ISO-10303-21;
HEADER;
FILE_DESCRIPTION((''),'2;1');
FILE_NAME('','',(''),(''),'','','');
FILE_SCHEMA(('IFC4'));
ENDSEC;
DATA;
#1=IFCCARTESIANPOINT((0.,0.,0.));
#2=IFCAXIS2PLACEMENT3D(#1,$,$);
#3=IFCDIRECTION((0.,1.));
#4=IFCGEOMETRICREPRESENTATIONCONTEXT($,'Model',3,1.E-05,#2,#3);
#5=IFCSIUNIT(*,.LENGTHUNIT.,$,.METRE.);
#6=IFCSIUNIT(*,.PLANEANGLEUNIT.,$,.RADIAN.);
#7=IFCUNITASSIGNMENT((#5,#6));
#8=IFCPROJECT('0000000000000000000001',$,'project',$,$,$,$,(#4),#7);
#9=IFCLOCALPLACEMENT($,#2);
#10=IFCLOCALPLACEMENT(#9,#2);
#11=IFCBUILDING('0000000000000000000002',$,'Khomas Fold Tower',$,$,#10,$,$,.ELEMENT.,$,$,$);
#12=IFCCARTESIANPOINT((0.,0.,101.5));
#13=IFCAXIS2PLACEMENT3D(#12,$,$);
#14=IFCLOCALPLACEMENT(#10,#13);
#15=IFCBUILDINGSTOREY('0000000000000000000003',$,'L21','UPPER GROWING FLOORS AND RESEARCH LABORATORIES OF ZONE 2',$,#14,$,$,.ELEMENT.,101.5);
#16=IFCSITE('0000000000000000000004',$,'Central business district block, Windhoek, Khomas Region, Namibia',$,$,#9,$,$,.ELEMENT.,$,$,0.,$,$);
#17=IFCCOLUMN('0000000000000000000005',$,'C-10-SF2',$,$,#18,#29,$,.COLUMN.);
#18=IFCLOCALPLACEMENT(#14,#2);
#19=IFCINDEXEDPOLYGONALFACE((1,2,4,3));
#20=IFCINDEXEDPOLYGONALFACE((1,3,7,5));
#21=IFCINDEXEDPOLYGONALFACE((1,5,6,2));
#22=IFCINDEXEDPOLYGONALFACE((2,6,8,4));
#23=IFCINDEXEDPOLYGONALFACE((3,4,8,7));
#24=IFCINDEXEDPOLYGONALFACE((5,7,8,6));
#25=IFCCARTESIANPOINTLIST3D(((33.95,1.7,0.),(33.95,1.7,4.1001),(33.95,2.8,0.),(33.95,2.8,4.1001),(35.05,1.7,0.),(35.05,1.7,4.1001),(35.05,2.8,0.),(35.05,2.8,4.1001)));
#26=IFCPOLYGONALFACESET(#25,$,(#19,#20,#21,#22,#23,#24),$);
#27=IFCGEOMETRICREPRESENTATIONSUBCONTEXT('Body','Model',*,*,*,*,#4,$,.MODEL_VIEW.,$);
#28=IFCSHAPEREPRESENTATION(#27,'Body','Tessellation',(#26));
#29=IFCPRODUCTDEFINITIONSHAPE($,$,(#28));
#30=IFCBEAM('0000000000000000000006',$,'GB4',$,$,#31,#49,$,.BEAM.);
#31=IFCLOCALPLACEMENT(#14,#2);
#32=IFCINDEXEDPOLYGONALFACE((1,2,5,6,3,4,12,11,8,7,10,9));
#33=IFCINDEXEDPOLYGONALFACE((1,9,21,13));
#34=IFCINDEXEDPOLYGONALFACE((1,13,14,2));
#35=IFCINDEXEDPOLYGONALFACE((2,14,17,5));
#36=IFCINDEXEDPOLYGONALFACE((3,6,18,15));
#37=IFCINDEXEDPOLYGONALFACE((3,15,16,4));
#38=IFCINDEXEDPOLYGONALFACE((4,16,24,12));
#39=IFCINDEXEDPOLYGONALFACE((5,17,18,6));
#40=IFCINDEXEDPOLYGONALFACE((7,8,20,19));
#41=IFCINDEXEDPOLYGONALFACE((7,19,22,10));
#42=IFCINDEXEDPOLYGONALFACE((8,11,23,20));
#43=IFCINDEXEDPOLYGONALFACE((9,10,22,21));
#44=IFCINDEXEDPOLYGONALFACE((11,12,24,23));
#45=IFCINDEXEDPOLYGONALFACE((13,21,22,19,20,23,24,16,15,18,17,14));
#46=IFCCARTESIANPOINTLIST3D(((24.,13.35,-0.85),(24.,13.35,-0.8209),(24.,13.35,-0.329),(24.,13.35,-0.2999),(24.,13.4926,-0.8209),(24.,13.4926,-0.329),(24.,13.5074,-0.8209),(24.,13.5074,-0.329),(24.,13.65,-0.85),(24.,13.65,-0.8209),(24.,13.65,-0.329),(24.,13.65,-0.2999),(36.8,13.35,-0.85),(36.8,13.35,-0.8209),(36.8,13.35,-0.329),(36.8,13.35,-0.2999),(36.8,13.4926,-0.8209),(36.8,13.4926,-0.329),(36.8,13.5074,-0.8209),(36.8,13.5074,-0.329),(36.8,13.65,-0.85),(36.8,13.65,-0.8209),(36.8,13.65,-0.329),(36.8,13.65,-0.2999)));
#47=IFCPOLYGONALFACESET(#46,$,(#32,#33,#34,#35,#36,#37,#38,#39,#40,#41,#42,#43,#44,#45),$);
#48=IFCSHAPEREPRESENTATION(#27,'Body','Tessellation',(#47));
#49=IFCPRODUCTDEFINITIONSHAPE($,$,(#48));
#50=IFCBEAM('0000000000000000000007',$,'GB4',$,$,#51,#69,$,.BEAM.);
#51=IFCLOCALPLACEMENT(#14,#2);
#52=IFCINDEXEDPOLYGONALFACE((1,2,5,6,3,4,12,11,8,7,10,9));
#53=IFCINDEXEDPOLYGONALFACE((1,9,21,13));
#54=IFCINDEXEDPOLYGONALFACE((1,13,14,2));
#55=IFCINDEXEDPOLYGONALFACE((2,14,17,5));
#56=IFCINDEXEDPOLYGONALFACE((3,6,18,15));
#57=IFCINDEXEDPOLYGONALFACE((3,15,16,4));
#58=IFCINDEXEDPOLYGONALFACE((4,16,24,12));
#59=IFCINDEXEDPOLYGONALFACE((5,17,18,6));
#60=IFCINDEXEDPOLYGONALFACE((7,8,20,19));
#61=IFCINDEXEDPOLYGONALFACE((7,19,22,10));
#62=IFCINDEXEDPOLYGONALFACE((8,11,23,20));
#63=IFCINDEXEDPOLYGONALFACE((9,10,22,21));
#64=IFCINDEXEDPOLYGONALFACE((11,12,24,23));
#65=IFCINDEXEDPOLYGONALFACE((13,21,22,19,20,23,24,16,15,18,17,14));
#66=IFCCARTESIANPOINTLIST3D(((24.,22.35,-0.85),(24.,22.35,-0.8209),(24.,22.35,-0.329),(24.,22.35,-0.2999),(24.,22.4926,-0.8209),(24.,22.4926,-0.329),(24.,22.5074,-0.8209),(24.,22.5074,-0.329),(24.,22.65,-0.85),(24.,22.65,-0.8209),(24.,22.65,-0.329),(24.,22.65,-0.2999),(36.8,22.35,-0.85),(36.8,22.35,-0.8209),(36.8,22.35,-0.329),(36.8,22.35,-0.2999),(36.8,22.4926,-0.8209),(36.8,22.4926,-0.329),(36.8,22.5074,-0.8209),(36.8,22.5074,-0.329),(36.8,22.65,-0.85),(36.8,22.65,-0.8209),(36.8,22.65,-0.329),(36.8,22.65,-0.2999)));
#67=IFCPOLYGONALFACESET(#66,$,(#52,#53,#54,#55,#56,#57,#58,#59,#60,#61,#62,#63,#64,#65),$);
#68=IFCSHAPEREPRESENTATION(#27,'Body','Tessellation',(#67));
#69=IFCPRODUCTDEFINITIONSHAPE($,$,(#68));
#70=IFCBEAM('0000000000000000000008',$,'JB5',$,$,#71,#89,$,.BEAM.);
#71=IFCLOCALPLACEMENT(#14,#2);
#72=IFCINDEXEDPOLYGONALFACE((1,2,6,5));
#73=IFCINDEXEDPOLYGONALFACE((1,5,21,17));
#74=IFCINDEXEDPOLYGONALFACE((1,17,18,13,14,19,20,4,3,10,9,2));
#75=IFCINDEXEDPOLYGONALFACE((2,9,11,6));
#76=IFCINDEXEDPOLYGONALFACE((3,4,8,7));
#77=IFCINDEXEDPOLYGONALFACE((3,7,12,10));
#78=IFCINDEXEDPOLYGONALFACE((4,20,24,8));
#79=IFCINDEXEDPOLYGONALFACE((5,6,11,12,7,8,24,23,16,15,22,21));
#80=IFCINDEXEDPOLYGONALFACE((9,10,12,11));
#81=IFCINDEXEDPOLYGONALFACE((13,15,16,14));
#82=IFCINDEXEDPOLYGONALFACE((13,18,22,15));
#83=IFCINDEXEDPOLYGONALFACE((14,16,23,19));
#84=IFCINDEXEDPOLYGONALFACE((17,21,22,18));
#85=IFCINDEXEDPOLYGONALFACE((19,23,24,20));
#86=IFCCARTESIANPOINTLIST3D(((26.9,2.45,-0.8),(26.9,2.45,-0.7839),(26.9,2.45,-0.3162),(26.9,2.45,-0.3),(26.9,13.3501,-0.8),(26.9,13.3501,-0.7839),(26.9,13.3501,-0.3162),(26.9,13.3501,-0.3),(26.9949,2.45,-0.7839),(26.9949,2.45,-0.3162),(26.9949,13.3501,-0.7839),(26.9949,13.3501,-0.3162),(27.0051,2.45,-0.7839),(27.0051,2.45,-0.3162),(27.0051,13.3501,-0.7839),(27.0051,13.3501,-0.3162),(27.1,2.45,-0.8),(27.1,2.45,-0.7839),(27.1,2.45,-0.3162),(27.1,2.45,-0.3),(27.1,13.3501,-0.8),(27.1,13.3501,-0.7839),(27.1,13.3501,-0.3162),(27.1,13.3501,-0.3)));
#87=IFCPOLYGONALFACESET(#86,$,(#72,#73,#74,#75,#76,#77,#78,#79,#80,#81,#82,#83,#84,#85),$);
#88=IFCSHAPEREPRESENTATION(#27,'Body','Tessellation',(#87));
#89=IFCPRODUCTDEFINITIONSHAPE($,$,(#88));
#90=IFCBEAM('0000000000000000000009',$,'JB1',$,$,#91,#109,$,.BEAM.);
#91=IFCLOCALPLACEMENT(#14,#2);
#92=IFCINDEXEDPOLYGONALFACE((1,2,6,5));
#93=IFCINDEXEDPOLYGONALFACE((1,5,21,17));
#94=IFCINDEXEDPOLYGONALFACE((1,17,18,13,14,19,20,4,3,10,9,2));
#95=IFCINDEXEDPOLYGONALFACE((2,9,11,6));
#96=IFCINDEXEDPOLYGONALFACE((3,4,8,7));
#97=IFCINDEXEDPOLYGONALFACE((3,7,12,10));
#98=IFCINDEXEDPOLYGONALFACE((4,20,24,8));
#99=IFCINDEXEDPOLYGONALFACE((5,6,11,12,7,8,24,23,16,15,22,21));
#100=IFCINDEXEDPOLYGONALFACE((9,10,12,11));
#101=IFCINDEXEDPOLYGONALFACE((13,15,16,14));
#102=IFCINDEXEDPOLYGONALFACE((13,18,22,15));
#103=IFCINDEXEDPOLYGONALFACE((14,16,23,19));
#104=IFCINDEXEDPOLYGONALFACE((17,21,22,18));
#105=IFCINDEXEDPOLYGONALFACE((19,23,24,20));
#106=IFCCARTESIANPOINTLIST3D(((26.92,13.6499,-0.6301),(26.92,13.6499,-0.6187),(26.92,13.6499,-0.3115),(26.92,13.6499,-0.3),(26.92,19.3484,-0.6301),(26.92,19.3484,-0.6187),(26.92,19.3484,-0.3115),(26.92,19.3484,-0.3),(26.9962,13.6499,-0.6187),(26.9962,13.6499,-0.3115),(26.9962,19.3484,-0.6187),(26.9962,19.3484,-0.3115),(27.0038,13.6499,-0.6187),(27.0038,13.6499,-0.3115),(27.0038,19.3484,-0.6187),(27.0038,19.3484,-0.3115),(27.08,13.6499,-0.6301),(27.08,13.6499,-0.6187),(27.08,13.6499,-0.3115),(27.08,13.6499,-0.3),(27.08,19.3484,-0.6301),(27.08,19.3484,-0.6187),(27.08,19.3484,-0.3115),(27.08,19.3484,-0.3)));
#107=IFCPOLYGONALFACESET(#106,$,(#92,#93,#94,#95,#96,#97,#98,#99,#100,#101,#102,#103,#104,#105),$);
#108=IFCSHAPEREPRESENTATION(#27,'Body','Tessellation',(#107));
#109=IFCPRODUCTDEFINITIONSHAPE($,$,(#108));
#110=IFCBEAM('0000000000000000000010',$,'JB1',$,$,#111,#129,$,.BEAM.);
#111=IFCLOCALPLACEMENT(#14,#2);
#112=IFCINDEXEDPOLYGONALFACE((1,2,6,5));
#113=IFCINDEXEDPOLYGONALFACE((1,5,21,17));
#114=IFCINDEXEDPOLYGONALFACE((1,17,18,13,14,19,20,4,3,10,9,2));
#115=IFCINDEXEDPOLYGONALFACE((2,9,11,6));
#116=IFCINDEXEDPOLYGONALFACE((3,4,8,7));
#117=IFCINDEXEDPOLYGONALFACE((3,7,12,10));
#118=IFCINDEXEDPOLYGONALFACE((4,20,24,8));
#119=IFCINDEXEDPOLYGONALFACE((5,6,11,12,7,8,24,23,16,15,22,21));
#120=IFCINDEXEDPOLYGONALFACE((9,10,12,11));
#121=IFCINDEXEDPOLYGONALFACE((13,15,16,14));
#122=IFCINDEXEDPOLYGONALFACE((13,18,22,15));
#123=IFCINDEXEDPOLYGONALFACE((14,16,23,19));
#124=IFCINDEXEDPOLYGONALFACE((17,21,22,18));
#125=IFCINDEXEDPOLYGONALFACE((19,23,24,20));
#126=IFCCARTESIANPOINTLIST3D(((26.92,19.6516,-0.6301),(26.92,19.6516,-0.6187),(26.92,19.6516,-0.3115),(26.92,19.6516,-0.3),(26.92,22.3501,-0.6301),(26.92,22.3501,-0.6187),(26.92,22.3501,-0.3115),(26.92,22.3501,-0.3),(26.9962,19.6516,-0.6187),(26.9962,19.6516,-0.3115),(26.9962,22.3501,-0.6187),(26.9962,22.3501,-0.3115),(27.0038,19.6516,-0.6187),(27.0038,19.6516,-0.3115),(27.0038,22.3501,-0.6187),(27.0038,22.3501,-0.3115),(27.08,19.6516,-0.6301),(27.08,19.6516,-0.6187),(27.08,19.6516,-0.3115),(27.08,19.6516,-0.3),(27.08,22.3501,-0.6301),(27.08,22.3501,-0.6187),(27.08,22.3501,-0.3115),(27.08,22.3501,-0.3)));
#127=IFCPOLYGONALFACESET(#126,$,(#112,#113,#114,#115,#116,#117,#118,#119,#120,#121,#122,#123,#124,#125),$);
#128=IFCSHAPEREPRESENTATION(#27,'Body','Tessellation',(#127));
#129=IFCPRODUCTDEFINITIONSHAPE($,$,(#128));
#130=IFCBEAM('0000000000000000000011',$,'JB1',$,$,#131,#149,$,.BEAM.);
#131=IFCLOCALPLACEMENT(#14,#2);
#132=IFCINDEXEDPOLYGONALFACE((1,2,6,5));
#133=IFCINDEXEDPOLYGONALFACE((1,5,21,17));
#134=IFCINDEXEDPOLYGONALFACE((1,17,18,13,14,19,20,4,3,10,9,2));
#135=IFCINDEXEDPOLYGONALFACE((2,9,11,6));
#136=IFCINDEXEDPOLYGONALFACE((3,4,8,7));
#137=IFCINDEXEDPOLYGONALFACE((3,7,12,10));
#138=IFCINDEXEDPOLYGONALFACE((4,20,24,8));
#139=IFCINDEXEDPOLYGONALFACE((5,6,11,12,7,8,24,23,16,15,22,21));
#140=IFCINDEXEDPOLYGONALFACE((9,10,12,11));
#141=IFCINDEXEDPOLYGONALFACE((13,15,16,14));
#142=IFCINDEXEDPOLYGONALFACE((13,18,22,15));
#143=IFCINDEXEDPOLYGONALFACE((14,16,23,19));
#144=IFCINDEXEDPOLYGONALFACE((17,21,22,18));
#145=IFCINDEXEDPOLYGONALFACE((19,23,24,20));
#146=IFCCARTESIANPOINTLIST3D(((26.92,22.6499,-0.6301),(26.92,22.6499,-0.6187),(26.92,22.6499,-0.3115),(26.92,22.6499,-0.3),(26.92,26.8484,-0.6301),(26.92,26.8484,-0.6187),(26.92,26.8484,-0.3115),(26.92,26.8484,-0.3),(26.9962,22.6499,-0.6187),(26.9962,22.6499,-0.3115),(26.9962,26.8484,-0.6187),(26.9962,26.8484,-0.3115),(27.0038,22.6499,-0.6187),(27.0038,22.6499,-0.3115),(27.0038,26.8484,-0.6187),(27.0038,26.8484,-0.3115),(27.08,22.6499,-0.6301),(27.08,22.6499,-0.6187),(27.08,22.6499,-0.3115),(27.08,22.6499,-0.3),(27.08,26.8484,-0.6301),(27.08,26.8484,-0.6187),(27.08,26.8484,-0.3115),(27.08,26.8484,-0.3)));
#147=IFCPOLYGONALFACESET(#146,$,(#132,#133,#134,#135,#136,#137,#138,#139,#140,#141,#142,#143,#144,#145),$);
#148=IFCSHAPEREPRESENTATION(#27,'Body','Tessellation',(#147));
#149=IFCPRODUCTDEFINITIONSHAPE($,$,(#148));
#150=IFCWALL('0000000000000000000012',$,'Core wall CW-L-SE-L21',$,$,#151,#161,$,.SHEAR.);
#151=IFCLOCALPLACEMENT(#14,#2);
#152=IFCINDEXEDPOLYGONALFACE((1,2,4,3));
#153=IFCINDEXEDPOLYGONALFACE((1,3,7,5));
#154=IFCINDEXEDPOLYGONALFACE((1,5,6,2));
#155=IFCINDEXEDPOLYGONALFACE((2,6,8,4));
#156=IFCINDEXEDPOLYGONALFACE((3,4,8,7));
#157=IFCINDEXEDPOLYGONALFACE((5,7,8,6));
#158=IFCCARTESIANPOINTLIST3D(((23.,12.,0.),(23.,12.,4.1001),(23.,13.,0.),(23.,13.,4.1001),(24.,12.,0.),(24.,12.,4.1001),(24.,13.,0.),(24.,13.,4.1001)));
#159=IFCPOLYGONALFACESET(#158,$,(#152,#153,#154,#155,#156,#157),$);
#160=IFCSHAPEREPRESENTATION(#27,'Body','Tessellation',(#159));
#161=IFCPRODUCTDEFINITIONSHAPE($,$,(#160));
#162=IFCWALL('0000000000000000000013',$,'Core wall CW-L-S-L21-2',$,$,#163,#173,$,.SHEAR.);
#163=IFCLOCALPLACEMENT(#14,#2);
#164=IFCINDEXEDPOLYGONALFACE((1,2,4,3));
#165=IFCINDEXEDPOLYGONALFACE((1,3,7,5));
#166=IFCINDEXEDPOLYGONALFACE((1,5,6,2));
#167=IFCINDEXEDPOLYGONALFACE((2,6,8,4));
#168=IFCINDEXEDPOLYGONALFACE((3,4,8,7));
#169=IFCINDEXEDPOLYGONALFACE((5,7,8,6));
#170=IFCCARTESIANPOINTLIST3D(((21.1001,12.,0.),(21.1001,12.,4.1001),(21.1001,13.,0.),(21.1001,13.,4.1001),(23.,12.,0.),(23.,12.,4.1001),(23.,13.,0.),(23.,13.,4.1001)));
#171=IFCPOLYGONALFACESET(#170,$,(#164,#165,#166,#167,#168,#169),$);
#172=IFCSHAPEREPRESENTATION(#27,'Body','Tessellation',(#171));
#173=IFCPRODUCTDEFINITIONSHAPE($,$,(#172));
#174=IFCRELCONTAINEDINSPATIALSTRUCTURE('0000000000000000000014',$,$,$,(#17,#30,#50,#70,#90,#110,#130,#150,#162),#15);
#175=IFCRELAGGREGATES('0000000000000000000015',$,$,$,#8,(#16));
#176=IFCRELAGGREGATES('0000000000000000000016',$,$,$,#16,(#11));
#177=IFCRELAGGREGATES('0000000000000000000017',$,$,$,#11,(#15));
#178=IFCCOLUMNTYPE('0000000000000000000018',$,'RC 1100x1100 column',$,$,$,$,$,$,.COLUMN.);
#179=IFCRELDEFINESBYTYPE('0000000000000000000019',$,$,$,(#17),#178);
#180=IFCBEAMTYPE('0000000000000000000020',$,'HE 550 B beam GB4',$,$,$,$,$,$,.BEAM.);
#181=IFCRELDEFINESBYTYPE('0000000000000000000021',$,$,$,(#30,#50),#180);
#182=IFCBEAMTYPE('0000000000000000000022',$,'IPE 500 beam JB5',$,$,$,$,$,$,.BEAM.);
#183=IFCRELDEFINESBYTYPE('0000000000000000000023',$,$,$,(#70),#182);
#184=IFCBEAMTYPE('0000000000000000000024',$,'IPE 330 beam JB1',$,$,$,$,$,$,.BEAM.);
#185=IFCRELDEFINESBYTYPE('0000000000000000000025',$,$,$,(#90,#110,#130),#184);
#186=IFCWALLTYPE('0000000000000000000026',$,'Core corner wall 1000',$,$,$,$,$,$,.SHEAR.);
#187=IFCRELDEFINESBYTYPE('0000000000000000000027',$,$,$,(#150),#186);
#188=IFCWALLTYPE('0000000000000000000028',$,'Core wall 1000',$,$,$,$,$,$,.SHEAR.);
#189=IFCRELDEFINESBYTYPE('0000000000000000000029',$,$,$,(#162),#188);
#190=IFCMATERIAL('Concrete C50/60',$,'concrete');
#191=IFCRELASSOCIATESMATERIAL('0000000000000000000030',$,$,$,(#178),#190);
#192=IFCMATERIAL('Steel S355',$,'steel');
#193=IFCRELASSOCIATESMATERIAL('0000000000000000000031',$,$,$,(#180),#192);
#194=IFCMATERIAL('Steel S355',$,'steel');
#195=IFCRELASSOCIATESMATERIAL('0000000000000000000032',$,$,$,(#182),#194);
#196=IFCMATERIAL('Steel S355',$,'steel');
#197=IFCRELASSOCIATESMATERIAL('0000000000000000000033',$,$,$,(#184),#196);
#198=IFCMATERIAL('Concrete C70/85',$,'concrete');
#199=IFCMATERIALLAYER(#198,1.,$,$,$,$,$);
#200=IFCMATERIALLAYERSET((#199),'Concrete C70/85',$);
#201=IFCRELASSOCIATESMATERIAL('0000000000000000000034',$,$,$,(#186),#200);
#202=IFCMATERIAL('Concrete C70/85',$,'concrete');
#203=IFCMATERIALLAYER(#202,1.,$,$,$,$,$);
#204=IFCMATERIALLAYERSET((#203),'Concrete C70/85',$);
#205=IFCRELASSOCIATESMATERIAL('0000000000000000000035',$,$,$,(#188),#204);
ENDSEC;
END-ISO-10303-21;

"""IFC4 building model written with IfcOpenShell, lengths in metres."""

from ifc_helpers import new_model, si_unit, direction, frame, frame_2d, origin, origin_2d, place, context, subcontext, project, spatial, rectangle, i_section, extrude, source, transform, mapped, material, layer, layer_set, material_profile, profile_set, type_object, element, save


model = new_model("IFC4")

# Units and contexts
model_context = context("Model", 3, precision=1e-05, world=origin(), true_north=direction((0.0, 1.0)))
body_context = subcontext(model_context, "Body", "Model", "MODEL_VIEW")
ifc_project = project(units=[si_unit("LENGTHUNIT", "METRE"), si_unit("PLANEANGLEUNIT", "RADIAN")], contexts=[model_context])

# Site, building, storey
site_placement = place(None, origin())
site = spatial("IfcSite", under=ifc_project, at=site_placement, Name="Central business district block, Windhoek, Khomas Region, Namibia", CompositionType="ELEMENT", RefElevation=0.0)
building_placement = place(site_placement, origin())
building = spatial("IfcBuilding", under=site, at=building_placement, Name="Khomas Fold Tower", CompositionType="ELEMENT")
storey_placement = place(building_placement, frame((0.0, 0.0, 101.5)))
storey = spatial("IfcBuildingStorey", under=building, at=storey_placement, Name="L21", Description="UPPER GROWING FLOORS AND RESEARCH LABORATORIES OF ZONE 2", CompositionType="ELEMENT", Elevation=101.5)

# Column
ifc_material_1 = material(Name="Concrete C50/60", Category="concrete")
ifc_material_profile_1 = material_profile(ifc_material_1, rectangle(XDim=1.1001, YDim=1.1001, at=origin_2d()), Name="RC 1100x1100")
ifc_profile_set_1 = profile_set([ifc_material_profile_1], Name="Concrete C50/60")
column_type = type_object("IfcColumnType", Name="RC 1100x1100 column", PredefinedType="COLUMN", material=ifc_profile_set_1)
shared_shape_1 = source(origin(), body_context, "Body", "SweptSolid", [
    extrude(rectangle(XDim=1.1001, YDim=1.1001, at=origin_2d()), origin(), (0.0, 0.0, 1.0), 4.1001),
])
column_placement = place(storey_placement, frame((34.5, 2.25, 0.0), z_axis=(0.0, 0.0, 1.0), x_axis=(1.0, 0.0, 0.0)))
element("IfcColumn", 1, at=column_placement, inside=storey, type_object=column_type, Name="C-10-SF2", PredefinedType="COLUMN", context=body_context, shape_type="MappedRepresentation", body=[
    mapped(shared_shape_1, transform((0.0, 0.0, 0.0))),
])

# Beams
ifc_material_2 = material(Name="Steel S355", Category="steel")
ifc_material_profile_2 = material_profile(ifc_material_2, i_section(OverallWidth=0.3, OverallDepth=0.55, WebThickness=0.0149, FlangeThickness=0.0291, at=origin_2d()), Name="HE 550 B")
ifc_profile_set_2 = profile_set([ifc_material_profile_2], Name="Steel S355")
beam_type_1 = type_object("IfcBeamType", Name="HE 550 B beam GB4", PredefinedType="BEAM", material=ifc_profile_set_2)
shared_shape_2 = source(origin(), body_context, "Body", "SweptSolid", [
    extrude(i_section(OverallWidth=0.3, OverallDepth=0.55, WebThickness=0.0149, FlangeThickness=0.0291, at=origin_2d()), origin(), (0.0, 0.0, 1.0), 12.8),
])
for number, where, z_axis, x_axis, name in (
    (2, (24.0, 13.5, -0.575), (1.0, 0.0, 0.0), (0.0, 1.0, 0.0), "GB4"),
    (3, (24.0, 22.5, -0.575), (1.0, 0.0, 0.0), (0.0, 1.0, 0.0), "GB4"),
):
    element("IfcBeam", number, at=place(storey_placement, frame(where, z_axis=z_axis, x_axis=x_axis)), inside=storey, type_object=beam_type_1, Name=name, PredefinedType="BEAM", context=body_context, shape_type="MappedRepresentation", body=[
        mapped(shared_shape_2, transform((0.0, 0.0, 0.0))),
    ])
ifc_material_3 = material(Name="Steel S355", Category="steel")
ifc_material_profile_3 = material_profile(ifc_material_3, i_section(OverallWidth=0.2, OverallDepth=0.5, WebThickness=0.0103, FlangeThickness=0.0161, at=origin_2d()), Name="IPE 500")
ifc_profile_set_3 = profile_set([ifc_material_profile_3], Name="Steel S355")
beam_type_2 = type_object("IfcBeamType", Name="IPE 500 beam JB5", PredefinedType="BEAM", material=ifc_profile_set_3)
shared_shape_3 = source(origin(), body_context, "Body", "SweptSolid", [
    extrude(i_section(OverallWidth=0.2, OverallDepth=0.5, WebThickness=0.0103, FlangeThickness=0.0161, at=origin_2d()), origin(), (0.0, 0.0, 1.0), 10.9001),
])
beam_1_placement = place(storey_placement, frame((27.0, 2.45, -0.55), z_axis=(0.0, 1.0, 0.0), x_axis=(-1.0, 0.0, 0.0)))
element("IfcBeam", 4, at=beam_1_placement, inside=storey, type_object=beam_type_2, Name="JB5", PredefinedType="BEAM", context=body_context, shape_type="MappedRepresentation", body=[
    mapped(shared_shape_3, transform((0.0, 0.0, 0.0))),
])
ifc_material_4 = material(Name="Steel S355", Category="steel")
ifc_material_profile_4 = material_profile(ifc_material_4, i_section(OverallWidth=0.1599, OverallDepth=0.3301, WebThickness=0.0076, FlangeThickness=0.0115, at=origin_2d()), Name="IPE 330")
ifc_profile_set_4 = profile_set([ifc_material_profile_4], Name="Steel S355")
beam_type_3 = type_object("IfcBeamType", Name="IPE 330 beam JB1", PredefinedType="BEAM", material=ifc_profile_set_4)
shared_shape_4 = source(origin(), body_context, "Body", "SweptSolid", [
    extrude(i_section(OverallWidth=0.1599, OverallDepth=0.3301, WebThickness=0.0076, FlangeThickness=0.0115, at=origin_2d()), origin(), (0.0, 0.0, 1.0), 5.6985),
])
beam_2_placement = place(storey_placement, frame((27.0, 13.6499, -0.4651), z_axis=(0.0, 1.0, 0.0), x_axis=(-1.0, 0.0, 0.0)))
element("IfcBeam", 5, at=beam_2_placement, inside=storey, type_object=beam_type_3, Name="JB1", PredefinedType="BEAM", context=body_context, shape_type="MappedRepresentation", body=[
    mapped(shared_shape_4, transform((0.0, 0.0, 0.0))),
])
shared_shape_5 = source(origin(), body_context, "Body", "SweptSolid", [
    extrude(i_section(OverallWidth=0.1599, OverallDepth=0.3301, WebThickness=0.0076, FlangeThickness=0.0115, at=origin_2d()), origin(), (0.0, 0.0, 1.0), 2.6985),
])
beam_3_placement = place(storey_placement, frame((27.0, 19.6516, -0.4651), z_axis=(0.0, 1.0, 0.0), x_axis=(-1.0, 0.0, 0.0)))
element("IfcBeam", 6, at=beam_3_placement, inside=storey, type_object=beam_type_3, Name="JB1", PredefinedType="BEAM", context=body_context, shape_type="MappedRepresentation", body=[
    mapped(shared_shape_5, transform((0.0, 0.0, 0.0))),
])
shared_shape_6 = source(origin(), body_context, "Body", "SweptSolid", [
    extrude(i_section(OverallWidth=0.1599, OverallDepth=0.3301, WebThickness=0.0076, FlangeThickness=0.0115, at=origin_2d()), origin(), (0.0, 0.0, 1.0), 4.1985),
])
beam_4_placement = place(storey_placement, frame((27.0, 22.6499, -0.4651), z_axis=(0.0, 1.0, 0.0), x_axis=(-1.0, 0.0, 0.0)))
element("IfcBeam", 7, at=beam_4_placement, inside=storey, type_object=beam_type_3, Name="JB1", PredefinedType="BEAM", context=body_context, shape_type="MappedRepresentation", body=[
    mapped(shared_shape_6, transform((0.0, 0.0, 0.0))),
])

# Walls
ifc_material_5 = material(Name="Concrete C70/85", Category="concrete")
ifc_layer_1 = layer(ifc_material_5, 1.0)
ifc_layer_set_1 = layer_set([ifc_layer_1], Name="Concrete C70/85")
wall_type_1 = type_object("IfcWallType", Name="Core corner wall 1000", PredefinedType="SHEAR", material=ifc_layer_set_1)
shared_shape_7 = source(origin(), body_context, "Body", "SweptSolid", [
    extrude(rectangle(XDim=1.0, YDim=1.0, at=frame_2d((0.5, 0.0))), origin(), (0.0, 0.0, 1.0), 4.1001),
])
wall_1_placement = place(storey_placement, frame((23.0, 12.5, 0.0), z_axis=(0.0, 0.0, 1.0), x_axis=(1.0, 0.0, 0.0)))
element("IfcWall", 8, at=wall_1_placement, inside=storey, type_object=wall_type_1, Name="Core wall CW-L-SE-L21", PredefinedType="SHEAR", context=body_context, shape_type="MappedRepresentation", body=[
    mapped(shared_shape_7, transform((0.0, 0.0, 0.0))),
])
ifc_material_6 = material(Name="Concrete C70/85", Category="concrete")
ifc_layer_2 = layer(ifc_material_6, 1.0)
ifc_layer_set_2 = layer_set([ifc_layer_2], Name="Concrete C70/85")
wall_type_2 = type_object("IfcWallType", Name="Core wall 1000", PredefinedType="SHEAR", material=ifc_layer_set_2)
shared_shape_8 = source(origin(), body_context, "Body", "SweptSolid", [
    extrude(rectangle(XDim=1.8999, YDim=1.0, at=frame_2d((0.95, 0.0))), origin(), (0.0, 0.0, 1.0), 4.1001),
])
wall_2_placement = place(storey_placement, frame((21.1001, 12.5, 0.0), z_axis=(0.0, 0.0, 1.0), x_axis=(1.0, 0.0, 0.0)))
element("IfcWall", 9, at=wall_2_placement, inside=storey, type_object=wall_type_2, Name="Core wall CW-L-S-L21-2", PredefinedType="SHEAR", context=body_context, shape_type="MappedRepresentation", body=[
    mapped(shared_shape_8, transform((0.0, 0.0, 0.0))),
])

save(model, "model.ifc")
